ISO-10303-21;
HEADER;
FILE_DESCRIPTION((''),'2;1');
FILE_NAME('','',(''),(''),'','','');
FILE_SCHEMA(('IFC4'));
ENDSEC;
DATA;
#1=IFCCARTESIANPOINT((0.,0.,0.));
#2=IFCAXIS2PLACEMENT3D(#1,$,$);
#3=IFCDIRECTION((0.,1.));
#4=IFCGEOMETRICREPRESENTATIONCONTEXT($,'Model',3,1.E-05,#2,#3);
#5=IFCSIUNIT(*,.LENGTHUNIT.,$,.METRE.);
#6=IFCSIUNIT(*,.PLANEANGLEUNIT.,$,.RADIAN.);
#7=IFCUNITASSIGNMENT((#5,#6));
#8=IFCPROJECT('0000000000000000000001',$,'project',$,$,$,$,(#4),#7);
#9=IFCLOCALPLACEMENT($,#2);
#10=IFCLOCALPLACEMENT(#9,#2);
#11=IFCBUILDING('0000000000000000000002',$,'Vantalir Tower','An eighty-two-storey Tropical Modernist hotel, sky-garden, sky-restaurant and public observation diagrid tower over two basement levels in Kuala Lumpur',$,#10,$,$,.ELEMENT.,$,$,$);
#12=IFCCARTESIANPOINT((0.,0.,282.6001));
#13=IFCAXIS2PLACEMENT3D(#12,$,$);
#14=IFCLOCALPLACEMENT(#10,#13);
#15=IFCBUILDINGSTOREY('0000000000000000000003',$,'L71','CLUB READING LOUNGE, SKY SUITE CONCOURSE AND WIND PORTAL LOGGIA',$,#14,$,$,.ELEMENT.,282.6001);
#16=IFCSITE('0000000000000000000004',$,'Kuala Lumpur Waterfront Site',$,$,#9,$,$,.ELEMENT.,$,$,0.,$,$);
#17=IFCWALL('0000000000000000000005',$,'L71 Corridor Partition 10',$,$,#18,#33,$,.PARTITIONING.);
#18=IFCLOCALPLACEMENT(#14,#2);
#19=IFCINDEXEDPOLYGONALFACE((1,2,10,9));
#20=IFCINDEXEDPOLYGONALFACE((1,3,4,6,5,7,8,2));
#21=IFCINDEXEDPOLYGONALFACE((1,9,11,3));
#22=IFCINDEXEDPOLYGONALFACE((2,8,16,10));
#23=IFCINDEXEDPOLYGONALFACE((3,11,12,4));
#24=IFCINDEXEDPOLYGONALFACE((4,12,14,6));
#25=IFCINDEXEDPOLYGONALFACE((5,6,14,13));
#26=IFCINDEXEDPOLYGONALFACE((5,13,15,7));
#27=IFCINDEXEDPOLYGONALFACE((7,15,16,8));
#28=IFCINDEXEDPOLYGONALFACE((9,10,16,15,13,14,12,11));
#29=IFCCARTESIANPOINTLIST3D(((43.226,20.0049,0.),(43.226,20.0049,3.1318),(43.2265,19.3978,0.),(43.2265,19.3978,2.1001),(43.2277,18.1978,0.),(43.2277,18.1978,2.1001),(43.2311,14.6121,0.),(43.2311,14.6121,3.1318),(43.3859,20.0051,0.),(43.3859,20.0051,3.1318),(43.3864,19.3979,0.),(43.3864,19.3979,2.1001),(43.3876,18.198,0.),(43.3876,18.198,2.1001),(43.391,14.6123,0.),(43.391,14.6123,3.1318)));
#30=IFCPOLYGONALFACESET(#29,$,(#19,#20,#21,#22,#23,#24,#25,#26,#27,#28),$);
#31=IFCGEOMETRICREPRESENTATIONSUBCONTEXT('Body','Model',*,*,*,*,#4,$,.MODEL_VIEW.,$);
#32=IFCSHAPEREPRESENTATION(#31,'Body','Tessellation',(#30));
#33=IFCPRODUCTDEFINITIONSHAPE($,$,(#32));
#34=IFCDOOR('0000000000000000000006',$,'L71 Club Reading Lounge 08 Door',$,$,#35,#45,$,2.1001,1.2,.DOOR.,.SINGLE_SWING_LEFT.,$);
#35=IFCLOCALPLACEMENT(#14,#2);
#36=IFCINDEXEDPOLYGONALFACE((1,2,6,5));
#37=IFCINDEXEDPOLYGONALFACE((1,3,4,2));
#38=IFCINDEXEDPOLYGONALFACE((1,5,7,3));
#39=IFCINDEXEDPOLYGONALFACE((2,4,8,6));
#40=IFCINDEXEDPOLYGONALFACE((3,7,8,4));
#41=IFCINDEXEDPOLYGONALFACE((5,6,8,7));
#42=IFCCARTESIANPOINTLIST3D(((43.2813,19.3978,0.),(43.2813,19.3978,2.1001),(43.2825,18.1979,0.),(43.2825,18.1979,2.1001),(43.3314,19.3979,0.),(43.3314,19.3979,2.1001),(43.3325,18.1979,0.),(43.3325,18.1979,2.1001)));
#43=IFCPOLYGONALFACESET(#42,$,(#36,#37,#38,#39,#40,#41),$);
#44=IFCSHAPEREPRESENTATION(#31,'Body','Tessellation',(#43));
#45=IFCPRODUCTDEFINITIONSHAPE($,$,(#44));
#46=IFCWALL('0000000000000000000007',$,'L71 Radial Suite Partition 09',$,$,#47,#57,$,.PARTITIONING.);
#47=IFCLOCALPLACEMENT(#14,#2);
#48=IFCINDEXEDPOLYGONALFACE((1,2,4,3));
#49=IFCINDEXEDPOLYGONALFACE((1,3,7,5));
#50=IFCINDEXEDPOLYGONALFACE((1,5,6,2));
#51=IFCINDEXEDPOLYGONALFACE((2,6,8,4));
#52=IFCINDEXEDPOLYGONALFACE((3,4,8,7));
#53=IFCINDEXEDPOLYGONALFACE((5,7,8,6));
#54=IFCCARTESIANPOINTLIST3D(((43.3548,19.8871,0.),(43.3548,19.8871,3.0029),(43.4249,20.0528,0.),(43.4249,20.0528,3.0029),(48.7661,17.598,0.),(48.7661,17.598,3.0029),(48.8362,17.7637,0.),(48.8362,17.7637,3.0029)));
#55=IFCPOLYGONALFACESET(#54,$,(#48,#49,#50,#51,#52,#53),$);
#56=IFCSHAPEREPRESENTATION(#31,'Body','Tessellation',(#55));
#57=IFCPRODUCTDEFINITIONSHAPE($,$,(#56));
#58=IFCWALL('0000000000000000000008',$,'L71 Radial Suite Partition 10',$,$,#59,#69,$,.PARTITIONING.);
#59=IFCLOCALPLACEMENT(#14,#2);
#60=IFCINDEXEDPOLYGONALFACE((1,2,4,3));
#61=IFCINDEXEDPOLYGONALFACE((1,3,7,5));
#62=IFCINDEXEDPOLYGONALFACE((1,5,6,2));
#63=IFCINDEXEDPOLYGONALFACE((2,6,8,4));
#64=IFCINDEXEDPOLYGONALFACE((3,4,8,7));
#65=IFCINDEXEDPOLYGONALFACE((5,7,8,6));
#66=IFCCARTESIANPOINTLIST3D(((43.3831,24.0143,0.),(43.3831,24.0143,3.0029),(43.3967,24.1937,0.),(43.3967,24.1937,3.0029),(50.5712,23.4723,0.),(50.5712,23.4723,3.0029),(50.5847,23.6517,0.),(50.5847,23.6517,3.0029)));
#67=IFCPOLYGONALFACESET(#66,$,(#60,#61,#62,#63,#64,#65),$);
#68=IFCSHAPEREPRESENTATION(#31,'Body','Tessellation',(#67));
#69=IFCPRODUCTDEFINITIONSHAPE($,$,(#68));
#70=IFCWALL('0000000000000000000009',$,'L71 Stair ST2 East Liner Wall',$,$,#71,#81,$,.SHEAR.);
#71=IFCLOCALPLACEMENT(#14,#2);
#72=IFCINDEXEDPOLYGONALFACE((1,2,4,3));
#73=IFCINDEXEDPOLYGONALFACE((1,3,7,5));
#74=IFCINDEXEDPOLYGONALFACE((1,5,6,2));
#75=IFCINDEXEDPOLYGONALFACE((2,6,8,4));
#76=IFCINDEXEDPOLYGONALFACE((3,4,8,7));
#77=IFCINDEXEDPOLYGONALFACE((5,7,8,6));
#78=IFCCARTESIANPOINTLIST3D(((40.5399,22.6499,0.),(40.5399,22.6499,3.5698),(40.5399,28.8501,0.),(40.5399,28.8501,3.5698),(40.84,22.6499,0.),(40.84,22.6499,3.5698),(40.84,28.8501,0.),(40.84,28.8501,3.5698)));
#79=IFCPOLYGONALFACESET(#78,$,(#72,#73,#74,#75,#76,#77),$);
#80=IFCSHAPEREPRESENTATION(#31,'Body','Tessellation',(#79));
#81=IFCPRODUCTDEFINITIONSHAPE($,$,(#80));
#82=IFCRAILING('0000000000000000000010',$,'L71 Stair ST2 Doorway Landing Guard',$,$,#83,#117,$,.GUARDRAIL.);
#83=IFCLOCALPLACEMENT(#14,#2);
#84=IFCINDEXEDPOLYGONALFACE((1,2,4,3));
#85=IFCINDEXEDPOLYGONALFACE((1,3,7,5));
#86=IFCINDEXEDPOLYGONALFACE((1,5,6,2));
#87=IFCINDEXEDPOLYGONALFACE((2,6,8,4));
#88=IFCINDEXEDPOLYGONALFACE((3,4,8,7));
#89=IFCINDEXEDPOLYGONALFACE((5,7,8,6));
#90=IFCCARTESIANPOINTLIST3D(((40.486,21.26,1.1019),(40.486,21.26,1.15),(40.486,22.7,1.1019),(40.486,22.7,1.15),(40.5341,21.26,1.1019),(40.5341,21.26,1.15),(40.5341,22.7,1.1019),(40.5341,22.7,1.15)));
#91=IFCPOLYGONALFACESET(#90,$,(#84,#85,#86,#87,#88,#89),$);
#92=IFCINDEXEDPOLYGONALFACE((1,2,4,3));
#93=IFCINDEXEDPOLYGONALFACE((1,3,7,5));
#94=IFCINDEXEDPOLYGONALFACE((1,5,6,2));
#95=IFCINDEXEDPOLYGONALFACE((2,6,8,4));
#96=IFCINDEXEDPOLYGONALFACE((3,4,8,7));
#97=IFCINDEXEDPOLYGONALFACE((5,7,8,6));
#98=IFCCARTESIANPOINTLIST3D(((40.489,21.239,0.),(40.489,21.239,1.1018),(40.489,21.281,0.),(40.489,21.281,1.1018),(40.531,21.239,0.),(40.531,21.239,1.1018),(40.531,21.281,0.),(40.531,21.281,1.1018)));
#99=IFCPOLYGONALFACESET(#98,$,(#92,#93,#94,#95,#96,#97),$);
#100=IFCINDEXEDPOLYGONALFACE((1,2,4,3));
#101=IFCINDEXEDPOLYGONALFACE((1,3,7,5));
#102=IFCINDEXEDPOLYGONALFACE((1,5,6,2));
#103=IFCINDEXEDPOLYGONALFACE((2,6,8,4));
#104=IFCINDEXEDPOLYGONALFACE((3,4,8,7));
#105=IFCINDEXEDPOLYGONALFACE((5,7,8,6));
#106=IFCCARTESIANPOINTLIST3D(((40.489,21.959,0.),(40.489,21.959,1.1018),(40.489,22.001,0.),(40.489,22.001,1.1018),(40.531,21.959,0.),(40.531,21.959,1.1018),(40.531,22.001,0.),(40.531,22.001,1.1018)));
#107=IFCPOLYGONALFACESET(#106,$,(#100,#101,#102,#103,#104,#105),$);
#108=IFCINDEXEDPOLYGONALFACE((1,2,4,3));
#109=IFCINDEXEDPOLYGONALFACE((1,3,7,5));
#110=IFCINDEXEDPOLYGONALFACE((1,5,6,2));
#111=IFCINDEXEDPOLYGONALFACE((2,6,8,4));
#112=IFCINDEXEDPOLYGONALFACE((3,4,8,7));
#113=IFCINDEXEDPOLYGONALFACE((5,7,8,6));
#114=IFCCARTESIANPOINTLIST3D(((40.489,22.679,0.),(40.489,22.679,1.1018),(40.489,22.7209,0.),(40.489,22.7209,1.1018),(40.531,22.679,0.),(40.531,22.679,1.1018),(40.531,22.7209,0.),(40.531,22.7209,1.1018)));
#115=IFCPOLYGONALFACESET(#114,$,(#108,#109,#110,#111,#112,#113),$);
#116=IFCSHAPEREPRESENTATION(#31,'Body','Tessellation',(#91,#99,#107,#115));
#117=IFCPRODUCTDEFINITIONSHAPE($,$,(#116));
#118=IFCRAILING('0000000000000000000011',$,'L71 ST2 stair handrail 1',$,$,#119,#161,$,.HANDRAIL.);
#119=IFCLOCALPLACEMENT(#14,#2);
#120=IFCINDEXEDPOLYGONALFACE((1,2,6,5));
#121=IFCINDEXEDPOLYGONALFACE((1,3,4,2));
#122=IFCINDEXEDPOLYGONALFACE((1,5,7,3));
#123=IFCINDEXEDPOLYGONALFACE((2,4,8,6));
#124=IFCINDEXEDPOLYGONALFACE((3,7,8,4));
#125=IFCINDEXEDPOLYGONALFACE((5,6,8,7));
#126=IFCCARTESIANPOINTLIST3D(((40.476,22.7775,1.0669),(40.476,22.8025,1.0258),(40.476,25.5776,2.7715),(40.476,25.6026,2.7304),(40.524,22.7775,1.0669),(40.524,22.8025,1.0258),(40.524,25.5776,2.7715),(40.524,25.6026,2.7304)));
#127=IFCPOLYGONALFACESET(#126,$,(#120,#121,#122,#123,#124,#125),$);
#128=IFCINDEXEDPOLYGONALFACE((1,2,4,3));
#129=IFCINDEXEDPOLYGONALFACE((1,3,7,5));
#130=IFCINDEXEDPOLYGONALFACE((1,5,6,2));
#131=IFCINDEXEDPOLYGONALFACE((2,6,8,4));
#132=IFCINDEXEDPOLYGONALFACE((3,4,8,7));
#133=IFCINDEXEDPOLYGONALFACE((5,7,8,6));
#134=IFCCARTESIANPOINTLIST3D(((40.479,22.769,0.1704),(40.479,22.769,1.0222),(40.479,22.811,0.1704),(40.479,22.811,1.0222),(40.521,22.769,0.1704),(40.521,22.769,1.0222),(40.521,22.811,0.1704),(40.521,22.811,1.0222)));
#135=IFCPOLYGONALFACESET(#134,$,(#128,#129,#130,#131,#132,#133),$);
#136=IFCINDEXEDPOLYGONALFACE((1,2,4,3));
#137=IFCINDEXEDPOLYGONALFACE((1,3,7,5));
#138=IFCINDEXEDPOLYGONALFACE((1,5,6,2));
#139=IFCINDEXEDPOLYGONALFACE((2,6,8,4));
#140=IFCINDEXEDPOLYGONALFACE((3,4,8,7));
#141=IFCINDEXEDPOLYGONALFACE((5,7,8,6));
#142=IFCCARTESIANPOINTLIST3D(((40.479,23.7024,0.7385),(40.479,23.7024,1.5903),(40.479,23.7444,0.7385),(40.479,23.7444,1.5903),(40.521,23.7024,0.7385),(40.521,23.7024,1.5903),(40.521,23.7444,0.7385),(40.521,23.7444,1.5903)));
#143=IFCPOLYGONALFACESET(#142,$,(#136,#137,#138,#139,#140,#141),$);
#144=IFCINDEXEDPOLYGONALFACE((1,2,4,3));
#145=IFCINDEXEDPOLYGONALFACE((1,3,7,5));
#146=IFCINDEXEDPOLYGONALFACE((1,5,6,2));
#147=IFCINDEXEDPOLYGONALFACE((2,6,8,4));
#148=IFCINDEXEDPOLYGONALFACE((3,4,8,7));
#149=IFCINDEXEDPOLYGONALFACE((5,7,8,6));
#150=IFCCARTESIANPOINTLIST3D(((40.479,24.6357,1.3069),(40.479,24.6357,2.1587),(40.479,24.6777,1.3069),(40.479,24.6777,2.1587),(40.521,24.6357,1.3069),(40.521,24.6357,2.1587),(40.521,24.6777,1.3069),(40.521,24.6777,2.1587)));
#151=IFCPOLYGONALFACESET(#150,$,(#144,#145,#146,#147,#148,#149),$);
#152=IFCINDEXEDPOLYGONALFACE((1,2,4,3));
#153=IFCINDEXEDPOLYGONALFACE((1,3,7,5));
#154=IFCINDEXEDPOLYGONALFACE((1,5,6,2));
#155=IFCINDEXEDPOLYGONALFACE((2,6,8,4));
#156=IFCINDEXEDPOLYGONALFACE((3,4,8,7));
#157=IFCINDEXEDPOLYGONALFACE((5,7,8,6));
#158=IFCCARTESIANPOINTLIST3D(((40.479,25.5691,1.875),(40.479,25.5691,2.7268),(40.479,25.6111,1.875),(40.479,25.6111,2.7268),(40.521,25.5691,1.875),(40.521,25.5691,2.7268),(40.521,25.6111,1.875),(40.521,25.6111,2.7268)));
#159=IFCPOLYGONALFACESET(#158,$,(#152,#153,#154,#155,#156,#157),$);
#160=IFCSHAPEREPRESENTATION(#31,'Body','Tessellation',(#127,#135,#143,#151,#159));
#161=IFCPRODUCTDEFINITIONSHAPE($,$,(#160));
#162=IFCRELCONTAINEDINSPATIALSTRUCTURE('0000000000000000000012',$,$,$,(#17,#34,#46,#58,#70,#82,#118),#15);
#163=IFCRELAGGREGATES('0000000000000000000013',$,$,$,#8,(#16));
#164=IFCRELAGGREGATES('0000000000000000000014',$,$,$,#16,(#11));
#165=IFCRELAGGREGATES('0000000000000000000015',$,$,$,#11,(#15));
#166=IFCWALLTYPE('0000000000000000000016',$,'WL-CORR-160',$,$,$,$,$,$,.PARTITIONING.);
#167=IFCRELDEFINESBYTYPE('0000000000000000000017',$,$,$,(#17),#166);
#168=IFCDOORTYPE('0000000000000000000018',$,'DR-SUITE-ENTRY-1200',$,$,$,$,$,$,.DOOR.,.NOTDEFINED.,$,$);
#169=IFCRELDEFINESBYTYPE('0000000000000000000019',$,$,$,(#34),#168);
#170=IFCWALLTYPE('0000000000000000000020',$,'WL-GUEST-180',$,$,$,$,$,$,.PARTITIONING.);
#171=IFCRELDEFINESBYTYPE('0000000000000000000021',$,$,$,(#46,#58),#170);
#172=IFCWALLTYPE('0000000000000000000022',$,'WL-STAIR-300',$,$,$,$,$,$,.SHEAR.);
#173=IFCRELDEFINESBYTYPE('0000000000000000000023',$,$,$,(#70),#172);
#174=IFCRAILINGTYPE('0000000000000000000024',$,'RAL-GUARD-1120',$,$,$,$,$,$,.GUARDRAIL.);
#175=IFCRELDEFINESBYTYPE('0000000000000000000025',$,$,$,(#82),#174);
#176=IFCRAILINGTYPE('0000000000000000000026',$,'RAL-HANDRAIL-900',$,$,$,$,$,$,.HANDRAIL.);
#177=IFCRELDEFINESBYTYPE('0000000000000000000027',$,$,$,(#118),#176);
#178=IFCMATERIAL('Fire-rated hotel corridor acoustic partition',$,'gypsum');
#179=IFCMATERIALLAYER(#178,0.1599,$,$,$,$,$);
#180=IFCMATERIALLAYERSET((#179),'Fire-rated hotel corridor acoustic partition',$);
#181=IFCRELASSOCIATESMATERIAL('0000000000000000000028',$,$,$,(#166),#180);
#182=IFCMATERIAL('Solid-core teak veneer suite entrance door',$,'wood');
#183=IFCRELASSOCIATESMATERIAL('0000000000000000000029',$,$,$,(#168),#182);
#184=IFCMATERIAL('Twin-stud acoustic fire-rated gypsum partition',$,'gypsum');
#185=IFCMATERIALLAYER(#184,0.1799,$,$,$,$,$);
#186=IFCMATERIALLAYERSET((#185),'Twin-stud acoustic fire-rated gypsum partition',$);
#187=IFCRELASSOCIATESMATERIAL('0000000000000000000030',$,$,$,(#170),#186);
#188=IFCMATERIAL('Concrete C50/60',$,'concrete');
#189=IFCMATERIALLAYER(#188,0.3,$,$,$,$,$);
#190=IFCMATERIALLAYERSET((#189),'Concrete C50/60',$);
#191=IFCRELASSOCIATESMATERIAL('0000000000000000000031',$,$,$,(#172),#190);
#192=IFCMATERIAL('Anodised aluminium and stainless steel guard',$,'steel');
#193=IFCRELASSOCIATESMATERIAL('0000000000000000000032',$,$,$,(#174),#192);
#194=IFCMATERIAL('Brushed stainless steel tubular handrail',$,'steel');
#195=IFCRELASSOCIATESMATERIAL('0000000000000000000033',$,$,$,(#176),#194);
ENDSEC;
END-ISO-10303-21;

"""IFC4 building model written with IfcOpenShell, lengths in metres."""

from ifc_helpers import new_model, si_unit, direction, frame, frame_2d, origin, origin_2d, place, context, subcontext, project, spatial, rectangle, extrude, material, layer, layer_set, type_object, element, fill, save


model = new_model("IFC4")

# Units and contexts
model_context = context("Model", 3, precision=1e-05, world=origin(), true_north=direction((0.0, 1.0)))
body_context = subcontext(model_context, "Body", "Model", "MODEL_VIEW")
ifc_project = project(units=[si_unit("LENGTHUNIT", "METRE"), si_unit("PLANEANGLEUNIT", "RADIAN")], contexts=[model_context])

# Site, building, storey
site_placement = place(None, origin())
site = spatial("IfcSite", under=ifc_project, at=site_placement, Name="Kuala Lumpur Waterfront Site", CompositionType="ELEMENT", RefElevation=0.0)
building_placement = place(site_placement, origin())
building = spatial("IfcBuilding", under=site, at=building_placement, Name="Vantalir Tower", Description="An eighty-two-storey Tropical Modernist hotel, sky-garden, sky-restaurant and public observation diagrid tower over two basement levels in Kuala Lumpur", CompositionType="ELEMENT")
storey_placement = place(building_placement, frame((0.0, 0.0, 282.6001)))
storey = spatial("IfcBuildingStorey", under=building, at=storey_placement, Name="L71", Description="CLUB READING LOUNGE, SKY SUITE CONCOURSE AND WIND PORTAL LOGGIA", CompositionType="ELEMENT", Elevation=282.6001)

# Shared definitions
ifc_material_1 = material(Name="Concrete C50/60", Category="concrete")

# Wall, opening, door
ifc_material_2 = material(Name="Fire-rated hotel corridor acoustic partition", Category="gypsum")
ifc_layer_1 = layer(ifc_material_2, 0.1599)
ifc_layer_set_1 = layer_set([ifc_layer_1], Name="Fire-rated hotel corridor acoustic partition")
wall_type_1 = type_object("IfcWallType", Name="WL-CORR-160", PredefinedType="PARTITIONING", material=ifc_layer_set_1)
wall_1_placement = place(storey_placement, frame((43.3059, 20.0049, 0.0), z_axis=(0.0, 0.0, 1.0), x_axis=(0.000951, -1.0, 0.0)))
wall_1 = element("IfcWall", 1, at=wall_1_placement, inside=storey, type_object=wall_type_1, Name="L71 Corridor Partition 10", PredefinedType="PARTITIONING", context=body_context, shape_type="SweptSolid", body=[
    extrude(rectangle(XDim=5.3928, YDim=0.1599, at=frame_2d((2.6963, 0.0))), origin(), (0.0, 0.0, 1.0), 3.1318),
])
opening_1_placement = place(wall_1_placement, frame((0.6069, 0.0, 0.0)))
opening_1 = element("IfcOpeningElement", 2, at=opening_1_placement, cuts=wall_1, PredefinedType="OPENING", context=body_context, shape_type="SweptSolid", body=[
    extrude(rectangle(XDim=1.2, YDim=2.1001, at=frame_2d((0.6001, 1.05))), frame((0.0, 0.0898, 0.0), z_axis=(0.0, -1.0, 0.0), x_axis=(1.0, 0.0, 0.0)), (0.0, 0.0, 1.0), 0.1799),
])
ifc_material_3 = material(Name="Solid-core teak veneer suite entrance door", Category="wood")
door_type_1 = type_object("IfcDoorType", Name="DR-SUITE-ENTRY-1200", OperationType="NOTDEFINED", PredefinedType="DOOR", material=ifc_material_3)
door_1_placement = place(opening_1_placement, origin())
door_1 = element("IfcDoor", 3, at=door_1_placement, inside=storey, type_object=door_type_1, Name="L71 Club Reading Lounge 08 Door", OperationType="SINGLE_SWING_LEFT", OverallHeight=2.1001, OverallWidth=1.2, PredefinedType="DOOR", context=body_context, shape_type="SweptSolid", body=[
    extrude(rectangle(XDim=1.2, YDim=2.1001, at=frame_2d((0.6001, 1.05))), frame((0.0, 0.0249, 0.0), z_axis=(0.0, -1.0, 0.0), x_axis=(1.0, 0.0, 0.0)), (0.0, 0.0, 1.0), 0.05),
])
fill(opening_1, door_1)

# Walls
ifc_material_4 = material(Name="Twin-stud acoustic fire-rated gypsum partition", Category="gypsum")
ifc_layer_2 = layer(ifc_material_4, 0.1799)
ifc_layer_set_2 = layer_set([ifc_layer_2], Name="Twin-stud acoustic fire-rated gypsum partition")
wall_type_2 = type_object("IfcWallType", Name="WL-GUEST-180", PredefinedType="PARTITIONING", material=ifc_layer_set_2)
wall_2_placement = place(storey_placement, frame((43.3899, 19.97, 0.0), z_axis=(0.0, 0.0, 1.0), x_axis=(0.920983, -0.389602, 0.0)))
element("IfcWall", 4, at=wall_2_placement, inside=storey, type_object=wall_type_2, Name="L71 Radial Suite Partition 09", PredefinedType="PARTITIONING", context=body_context, shape_type="SweptSolid", body=[
    extrude(rectangle(XDim=5.8755, YDim=0.1799, at=frame_2d((2.9377, 0.0))), origin(), (0.0, 0.0, 1.0), 3.0029),
])
wall_3_placement = place(storey_placement, frame((43.3899, 24.104, 0.0), z_axis=(0.0, 0.0, 1.0), x_axis=(0.997169, -0.075189, 0.0)))
element("IfcWall", 5, at=wall_3_placement, inside=storey, type_object=wall_type_2, Name="L71 Radial Suite Partition 10", PredefinedType="PARTITIONING", context=body_context, shape_type="SweptSolid", body=[
    extrude(rectangle(XDim=7.2085, YDim=0.1799, at=frame_2d((3.6042, 0.0))), origin(), (0.0, 0.0, 1.0), 3.0029),
])
ifc_layer_3 = layer(ifc_material_1, 0.3)
ifc_layer_set_3 = layer_set([ifc_layer_3], Name="Concrete C50/60")
wall_type_3 = type_object("IfcWallType", Name="WL-STAIR-300", PredefinedType="SHEAR", material=ifc_layer_set_3)
wall_4_placement = place(storey_placement, frame((40.6899, 22.6499, 0.0), z_axis=(0.0, 0.0, 1.0), x_axis=(0.0, 1.0, 0.0)))
element("IfcWall", 6, at=wall_4_placement, inside=storey, type_object=wall_type_3, Name="L71 Stair ST2 East Liner Wall", PredefinedType="SHEAR", context=body_context, shape_type="SweptSolid", body=[
    extrude(rectangle(XDim=6.2002, YDim=0.3, at=frame_2d((3.1001, 0.0))), origin(), (0.0, 0.0, 1.0), 3.5698),
])

# Railings
ifc_material_5 = material(Name="Anodised aluminium and stainless steel guard", Category="steel")
railing_type_1 = type_object("IfcRailingType", Name="RAL-GUARD-1120", PredefinedType="GUARDRAIL", material=ifc_material_5)
railing_1_placement = place(storey_placement, frame((40.51, 21.26, 0.0)))
element("IfcRailing", 7, at=railing_1_placement, inside=storey, type_object=railing_type_1, Name="L71 Stair ST2 Doorway Landing Guard", PredefinedType="GUARDRAIL", context=body_context, shape_type="SweptSolid", body=[
    extrude(rectangle(XDim=0.0481, YDim=0.0481, at=origin_2d()), frame((0.0, 0.0, 1.126), z_axis=(0.0, 1.0, 0.0), x_axis=(-1.0, 0.0, 0.0)), (0.0, 0.0, 1.0), 1.4399),
    extrude(rectangle(XDim=0.042, YDim=0.042, at=origin_2d()), origin(), (0.0, 0.0, 1.0), 1.1018),
    extrude(rectangle(XDim=0.042, YDim=0.042, at=origin_2d()), frame((0.0, 0.72, 0.0)), (0.0, 0.0, 1.0), 1.1018),
    extrude(rectangle(XDim=0.042, YDim=0.042, at=origin_2d()), frame((0.0, 1.4399, 0.0)), (0.0, 0.0, 1.0), 1.1018),
])
ifc_material_6 = material(Name="Brushed stainless steel tubular handrail", Category="steel")
railing_type_2 = type_object("IfcRailingType", Name="RAL-HANDRAIL-900", PredefinedType="HANDRAIL", material=ifc_material_6)
railing_2_placement = place(storey_placement, frame((40.5, 22.79, 0.1704)))
element("IfcRailing", 8, at=railing_2_placement, inside=storey, type_object=railing_type_2, Name="L71 ST2 stair handrail 1", PredefinedType="HANDRAIL", context=body_context, shape_type="SweptSolid", body=[
    extrude(rectangle(XDim=0.0481, YDim=0.0481, at=origin_2d()), frame((0.0, 0.0, 0.876), z_axis=(0.0, 0.85417, 0.519994), x_axis=(-1.0, 0.0, 0.0)), (0.0, 0.0, 1.0), 3.2781),
    extrude(rectangle(XDim=0.042, YDim=0.042, at=origin_2d()), origin(), (0.0, 0.0, 1.0), 0.8518),
    extrude(rectangle(XDim=0.042, YDim=0.042, at=origin_2d()), frame((0.0, 0.9333, 0.5681)), (0.0, 0.0, 1.0), 0.8518),
    extrude(rectangle(XDim=0.042, YDim=0.042, at=origin_2d()), frame((0.0, 1.8667, 1.1365)), (0.0, 0.0, 1.0), 0.8518),
    extrude(rectangle(XDim=0.042, YDim=0.042, at=origin_2d()), frame((0.0, 2.8, 1.7046)), (0.0, 0.0, 1.0), 0.8518),
])

save(model, "model.ifc")
